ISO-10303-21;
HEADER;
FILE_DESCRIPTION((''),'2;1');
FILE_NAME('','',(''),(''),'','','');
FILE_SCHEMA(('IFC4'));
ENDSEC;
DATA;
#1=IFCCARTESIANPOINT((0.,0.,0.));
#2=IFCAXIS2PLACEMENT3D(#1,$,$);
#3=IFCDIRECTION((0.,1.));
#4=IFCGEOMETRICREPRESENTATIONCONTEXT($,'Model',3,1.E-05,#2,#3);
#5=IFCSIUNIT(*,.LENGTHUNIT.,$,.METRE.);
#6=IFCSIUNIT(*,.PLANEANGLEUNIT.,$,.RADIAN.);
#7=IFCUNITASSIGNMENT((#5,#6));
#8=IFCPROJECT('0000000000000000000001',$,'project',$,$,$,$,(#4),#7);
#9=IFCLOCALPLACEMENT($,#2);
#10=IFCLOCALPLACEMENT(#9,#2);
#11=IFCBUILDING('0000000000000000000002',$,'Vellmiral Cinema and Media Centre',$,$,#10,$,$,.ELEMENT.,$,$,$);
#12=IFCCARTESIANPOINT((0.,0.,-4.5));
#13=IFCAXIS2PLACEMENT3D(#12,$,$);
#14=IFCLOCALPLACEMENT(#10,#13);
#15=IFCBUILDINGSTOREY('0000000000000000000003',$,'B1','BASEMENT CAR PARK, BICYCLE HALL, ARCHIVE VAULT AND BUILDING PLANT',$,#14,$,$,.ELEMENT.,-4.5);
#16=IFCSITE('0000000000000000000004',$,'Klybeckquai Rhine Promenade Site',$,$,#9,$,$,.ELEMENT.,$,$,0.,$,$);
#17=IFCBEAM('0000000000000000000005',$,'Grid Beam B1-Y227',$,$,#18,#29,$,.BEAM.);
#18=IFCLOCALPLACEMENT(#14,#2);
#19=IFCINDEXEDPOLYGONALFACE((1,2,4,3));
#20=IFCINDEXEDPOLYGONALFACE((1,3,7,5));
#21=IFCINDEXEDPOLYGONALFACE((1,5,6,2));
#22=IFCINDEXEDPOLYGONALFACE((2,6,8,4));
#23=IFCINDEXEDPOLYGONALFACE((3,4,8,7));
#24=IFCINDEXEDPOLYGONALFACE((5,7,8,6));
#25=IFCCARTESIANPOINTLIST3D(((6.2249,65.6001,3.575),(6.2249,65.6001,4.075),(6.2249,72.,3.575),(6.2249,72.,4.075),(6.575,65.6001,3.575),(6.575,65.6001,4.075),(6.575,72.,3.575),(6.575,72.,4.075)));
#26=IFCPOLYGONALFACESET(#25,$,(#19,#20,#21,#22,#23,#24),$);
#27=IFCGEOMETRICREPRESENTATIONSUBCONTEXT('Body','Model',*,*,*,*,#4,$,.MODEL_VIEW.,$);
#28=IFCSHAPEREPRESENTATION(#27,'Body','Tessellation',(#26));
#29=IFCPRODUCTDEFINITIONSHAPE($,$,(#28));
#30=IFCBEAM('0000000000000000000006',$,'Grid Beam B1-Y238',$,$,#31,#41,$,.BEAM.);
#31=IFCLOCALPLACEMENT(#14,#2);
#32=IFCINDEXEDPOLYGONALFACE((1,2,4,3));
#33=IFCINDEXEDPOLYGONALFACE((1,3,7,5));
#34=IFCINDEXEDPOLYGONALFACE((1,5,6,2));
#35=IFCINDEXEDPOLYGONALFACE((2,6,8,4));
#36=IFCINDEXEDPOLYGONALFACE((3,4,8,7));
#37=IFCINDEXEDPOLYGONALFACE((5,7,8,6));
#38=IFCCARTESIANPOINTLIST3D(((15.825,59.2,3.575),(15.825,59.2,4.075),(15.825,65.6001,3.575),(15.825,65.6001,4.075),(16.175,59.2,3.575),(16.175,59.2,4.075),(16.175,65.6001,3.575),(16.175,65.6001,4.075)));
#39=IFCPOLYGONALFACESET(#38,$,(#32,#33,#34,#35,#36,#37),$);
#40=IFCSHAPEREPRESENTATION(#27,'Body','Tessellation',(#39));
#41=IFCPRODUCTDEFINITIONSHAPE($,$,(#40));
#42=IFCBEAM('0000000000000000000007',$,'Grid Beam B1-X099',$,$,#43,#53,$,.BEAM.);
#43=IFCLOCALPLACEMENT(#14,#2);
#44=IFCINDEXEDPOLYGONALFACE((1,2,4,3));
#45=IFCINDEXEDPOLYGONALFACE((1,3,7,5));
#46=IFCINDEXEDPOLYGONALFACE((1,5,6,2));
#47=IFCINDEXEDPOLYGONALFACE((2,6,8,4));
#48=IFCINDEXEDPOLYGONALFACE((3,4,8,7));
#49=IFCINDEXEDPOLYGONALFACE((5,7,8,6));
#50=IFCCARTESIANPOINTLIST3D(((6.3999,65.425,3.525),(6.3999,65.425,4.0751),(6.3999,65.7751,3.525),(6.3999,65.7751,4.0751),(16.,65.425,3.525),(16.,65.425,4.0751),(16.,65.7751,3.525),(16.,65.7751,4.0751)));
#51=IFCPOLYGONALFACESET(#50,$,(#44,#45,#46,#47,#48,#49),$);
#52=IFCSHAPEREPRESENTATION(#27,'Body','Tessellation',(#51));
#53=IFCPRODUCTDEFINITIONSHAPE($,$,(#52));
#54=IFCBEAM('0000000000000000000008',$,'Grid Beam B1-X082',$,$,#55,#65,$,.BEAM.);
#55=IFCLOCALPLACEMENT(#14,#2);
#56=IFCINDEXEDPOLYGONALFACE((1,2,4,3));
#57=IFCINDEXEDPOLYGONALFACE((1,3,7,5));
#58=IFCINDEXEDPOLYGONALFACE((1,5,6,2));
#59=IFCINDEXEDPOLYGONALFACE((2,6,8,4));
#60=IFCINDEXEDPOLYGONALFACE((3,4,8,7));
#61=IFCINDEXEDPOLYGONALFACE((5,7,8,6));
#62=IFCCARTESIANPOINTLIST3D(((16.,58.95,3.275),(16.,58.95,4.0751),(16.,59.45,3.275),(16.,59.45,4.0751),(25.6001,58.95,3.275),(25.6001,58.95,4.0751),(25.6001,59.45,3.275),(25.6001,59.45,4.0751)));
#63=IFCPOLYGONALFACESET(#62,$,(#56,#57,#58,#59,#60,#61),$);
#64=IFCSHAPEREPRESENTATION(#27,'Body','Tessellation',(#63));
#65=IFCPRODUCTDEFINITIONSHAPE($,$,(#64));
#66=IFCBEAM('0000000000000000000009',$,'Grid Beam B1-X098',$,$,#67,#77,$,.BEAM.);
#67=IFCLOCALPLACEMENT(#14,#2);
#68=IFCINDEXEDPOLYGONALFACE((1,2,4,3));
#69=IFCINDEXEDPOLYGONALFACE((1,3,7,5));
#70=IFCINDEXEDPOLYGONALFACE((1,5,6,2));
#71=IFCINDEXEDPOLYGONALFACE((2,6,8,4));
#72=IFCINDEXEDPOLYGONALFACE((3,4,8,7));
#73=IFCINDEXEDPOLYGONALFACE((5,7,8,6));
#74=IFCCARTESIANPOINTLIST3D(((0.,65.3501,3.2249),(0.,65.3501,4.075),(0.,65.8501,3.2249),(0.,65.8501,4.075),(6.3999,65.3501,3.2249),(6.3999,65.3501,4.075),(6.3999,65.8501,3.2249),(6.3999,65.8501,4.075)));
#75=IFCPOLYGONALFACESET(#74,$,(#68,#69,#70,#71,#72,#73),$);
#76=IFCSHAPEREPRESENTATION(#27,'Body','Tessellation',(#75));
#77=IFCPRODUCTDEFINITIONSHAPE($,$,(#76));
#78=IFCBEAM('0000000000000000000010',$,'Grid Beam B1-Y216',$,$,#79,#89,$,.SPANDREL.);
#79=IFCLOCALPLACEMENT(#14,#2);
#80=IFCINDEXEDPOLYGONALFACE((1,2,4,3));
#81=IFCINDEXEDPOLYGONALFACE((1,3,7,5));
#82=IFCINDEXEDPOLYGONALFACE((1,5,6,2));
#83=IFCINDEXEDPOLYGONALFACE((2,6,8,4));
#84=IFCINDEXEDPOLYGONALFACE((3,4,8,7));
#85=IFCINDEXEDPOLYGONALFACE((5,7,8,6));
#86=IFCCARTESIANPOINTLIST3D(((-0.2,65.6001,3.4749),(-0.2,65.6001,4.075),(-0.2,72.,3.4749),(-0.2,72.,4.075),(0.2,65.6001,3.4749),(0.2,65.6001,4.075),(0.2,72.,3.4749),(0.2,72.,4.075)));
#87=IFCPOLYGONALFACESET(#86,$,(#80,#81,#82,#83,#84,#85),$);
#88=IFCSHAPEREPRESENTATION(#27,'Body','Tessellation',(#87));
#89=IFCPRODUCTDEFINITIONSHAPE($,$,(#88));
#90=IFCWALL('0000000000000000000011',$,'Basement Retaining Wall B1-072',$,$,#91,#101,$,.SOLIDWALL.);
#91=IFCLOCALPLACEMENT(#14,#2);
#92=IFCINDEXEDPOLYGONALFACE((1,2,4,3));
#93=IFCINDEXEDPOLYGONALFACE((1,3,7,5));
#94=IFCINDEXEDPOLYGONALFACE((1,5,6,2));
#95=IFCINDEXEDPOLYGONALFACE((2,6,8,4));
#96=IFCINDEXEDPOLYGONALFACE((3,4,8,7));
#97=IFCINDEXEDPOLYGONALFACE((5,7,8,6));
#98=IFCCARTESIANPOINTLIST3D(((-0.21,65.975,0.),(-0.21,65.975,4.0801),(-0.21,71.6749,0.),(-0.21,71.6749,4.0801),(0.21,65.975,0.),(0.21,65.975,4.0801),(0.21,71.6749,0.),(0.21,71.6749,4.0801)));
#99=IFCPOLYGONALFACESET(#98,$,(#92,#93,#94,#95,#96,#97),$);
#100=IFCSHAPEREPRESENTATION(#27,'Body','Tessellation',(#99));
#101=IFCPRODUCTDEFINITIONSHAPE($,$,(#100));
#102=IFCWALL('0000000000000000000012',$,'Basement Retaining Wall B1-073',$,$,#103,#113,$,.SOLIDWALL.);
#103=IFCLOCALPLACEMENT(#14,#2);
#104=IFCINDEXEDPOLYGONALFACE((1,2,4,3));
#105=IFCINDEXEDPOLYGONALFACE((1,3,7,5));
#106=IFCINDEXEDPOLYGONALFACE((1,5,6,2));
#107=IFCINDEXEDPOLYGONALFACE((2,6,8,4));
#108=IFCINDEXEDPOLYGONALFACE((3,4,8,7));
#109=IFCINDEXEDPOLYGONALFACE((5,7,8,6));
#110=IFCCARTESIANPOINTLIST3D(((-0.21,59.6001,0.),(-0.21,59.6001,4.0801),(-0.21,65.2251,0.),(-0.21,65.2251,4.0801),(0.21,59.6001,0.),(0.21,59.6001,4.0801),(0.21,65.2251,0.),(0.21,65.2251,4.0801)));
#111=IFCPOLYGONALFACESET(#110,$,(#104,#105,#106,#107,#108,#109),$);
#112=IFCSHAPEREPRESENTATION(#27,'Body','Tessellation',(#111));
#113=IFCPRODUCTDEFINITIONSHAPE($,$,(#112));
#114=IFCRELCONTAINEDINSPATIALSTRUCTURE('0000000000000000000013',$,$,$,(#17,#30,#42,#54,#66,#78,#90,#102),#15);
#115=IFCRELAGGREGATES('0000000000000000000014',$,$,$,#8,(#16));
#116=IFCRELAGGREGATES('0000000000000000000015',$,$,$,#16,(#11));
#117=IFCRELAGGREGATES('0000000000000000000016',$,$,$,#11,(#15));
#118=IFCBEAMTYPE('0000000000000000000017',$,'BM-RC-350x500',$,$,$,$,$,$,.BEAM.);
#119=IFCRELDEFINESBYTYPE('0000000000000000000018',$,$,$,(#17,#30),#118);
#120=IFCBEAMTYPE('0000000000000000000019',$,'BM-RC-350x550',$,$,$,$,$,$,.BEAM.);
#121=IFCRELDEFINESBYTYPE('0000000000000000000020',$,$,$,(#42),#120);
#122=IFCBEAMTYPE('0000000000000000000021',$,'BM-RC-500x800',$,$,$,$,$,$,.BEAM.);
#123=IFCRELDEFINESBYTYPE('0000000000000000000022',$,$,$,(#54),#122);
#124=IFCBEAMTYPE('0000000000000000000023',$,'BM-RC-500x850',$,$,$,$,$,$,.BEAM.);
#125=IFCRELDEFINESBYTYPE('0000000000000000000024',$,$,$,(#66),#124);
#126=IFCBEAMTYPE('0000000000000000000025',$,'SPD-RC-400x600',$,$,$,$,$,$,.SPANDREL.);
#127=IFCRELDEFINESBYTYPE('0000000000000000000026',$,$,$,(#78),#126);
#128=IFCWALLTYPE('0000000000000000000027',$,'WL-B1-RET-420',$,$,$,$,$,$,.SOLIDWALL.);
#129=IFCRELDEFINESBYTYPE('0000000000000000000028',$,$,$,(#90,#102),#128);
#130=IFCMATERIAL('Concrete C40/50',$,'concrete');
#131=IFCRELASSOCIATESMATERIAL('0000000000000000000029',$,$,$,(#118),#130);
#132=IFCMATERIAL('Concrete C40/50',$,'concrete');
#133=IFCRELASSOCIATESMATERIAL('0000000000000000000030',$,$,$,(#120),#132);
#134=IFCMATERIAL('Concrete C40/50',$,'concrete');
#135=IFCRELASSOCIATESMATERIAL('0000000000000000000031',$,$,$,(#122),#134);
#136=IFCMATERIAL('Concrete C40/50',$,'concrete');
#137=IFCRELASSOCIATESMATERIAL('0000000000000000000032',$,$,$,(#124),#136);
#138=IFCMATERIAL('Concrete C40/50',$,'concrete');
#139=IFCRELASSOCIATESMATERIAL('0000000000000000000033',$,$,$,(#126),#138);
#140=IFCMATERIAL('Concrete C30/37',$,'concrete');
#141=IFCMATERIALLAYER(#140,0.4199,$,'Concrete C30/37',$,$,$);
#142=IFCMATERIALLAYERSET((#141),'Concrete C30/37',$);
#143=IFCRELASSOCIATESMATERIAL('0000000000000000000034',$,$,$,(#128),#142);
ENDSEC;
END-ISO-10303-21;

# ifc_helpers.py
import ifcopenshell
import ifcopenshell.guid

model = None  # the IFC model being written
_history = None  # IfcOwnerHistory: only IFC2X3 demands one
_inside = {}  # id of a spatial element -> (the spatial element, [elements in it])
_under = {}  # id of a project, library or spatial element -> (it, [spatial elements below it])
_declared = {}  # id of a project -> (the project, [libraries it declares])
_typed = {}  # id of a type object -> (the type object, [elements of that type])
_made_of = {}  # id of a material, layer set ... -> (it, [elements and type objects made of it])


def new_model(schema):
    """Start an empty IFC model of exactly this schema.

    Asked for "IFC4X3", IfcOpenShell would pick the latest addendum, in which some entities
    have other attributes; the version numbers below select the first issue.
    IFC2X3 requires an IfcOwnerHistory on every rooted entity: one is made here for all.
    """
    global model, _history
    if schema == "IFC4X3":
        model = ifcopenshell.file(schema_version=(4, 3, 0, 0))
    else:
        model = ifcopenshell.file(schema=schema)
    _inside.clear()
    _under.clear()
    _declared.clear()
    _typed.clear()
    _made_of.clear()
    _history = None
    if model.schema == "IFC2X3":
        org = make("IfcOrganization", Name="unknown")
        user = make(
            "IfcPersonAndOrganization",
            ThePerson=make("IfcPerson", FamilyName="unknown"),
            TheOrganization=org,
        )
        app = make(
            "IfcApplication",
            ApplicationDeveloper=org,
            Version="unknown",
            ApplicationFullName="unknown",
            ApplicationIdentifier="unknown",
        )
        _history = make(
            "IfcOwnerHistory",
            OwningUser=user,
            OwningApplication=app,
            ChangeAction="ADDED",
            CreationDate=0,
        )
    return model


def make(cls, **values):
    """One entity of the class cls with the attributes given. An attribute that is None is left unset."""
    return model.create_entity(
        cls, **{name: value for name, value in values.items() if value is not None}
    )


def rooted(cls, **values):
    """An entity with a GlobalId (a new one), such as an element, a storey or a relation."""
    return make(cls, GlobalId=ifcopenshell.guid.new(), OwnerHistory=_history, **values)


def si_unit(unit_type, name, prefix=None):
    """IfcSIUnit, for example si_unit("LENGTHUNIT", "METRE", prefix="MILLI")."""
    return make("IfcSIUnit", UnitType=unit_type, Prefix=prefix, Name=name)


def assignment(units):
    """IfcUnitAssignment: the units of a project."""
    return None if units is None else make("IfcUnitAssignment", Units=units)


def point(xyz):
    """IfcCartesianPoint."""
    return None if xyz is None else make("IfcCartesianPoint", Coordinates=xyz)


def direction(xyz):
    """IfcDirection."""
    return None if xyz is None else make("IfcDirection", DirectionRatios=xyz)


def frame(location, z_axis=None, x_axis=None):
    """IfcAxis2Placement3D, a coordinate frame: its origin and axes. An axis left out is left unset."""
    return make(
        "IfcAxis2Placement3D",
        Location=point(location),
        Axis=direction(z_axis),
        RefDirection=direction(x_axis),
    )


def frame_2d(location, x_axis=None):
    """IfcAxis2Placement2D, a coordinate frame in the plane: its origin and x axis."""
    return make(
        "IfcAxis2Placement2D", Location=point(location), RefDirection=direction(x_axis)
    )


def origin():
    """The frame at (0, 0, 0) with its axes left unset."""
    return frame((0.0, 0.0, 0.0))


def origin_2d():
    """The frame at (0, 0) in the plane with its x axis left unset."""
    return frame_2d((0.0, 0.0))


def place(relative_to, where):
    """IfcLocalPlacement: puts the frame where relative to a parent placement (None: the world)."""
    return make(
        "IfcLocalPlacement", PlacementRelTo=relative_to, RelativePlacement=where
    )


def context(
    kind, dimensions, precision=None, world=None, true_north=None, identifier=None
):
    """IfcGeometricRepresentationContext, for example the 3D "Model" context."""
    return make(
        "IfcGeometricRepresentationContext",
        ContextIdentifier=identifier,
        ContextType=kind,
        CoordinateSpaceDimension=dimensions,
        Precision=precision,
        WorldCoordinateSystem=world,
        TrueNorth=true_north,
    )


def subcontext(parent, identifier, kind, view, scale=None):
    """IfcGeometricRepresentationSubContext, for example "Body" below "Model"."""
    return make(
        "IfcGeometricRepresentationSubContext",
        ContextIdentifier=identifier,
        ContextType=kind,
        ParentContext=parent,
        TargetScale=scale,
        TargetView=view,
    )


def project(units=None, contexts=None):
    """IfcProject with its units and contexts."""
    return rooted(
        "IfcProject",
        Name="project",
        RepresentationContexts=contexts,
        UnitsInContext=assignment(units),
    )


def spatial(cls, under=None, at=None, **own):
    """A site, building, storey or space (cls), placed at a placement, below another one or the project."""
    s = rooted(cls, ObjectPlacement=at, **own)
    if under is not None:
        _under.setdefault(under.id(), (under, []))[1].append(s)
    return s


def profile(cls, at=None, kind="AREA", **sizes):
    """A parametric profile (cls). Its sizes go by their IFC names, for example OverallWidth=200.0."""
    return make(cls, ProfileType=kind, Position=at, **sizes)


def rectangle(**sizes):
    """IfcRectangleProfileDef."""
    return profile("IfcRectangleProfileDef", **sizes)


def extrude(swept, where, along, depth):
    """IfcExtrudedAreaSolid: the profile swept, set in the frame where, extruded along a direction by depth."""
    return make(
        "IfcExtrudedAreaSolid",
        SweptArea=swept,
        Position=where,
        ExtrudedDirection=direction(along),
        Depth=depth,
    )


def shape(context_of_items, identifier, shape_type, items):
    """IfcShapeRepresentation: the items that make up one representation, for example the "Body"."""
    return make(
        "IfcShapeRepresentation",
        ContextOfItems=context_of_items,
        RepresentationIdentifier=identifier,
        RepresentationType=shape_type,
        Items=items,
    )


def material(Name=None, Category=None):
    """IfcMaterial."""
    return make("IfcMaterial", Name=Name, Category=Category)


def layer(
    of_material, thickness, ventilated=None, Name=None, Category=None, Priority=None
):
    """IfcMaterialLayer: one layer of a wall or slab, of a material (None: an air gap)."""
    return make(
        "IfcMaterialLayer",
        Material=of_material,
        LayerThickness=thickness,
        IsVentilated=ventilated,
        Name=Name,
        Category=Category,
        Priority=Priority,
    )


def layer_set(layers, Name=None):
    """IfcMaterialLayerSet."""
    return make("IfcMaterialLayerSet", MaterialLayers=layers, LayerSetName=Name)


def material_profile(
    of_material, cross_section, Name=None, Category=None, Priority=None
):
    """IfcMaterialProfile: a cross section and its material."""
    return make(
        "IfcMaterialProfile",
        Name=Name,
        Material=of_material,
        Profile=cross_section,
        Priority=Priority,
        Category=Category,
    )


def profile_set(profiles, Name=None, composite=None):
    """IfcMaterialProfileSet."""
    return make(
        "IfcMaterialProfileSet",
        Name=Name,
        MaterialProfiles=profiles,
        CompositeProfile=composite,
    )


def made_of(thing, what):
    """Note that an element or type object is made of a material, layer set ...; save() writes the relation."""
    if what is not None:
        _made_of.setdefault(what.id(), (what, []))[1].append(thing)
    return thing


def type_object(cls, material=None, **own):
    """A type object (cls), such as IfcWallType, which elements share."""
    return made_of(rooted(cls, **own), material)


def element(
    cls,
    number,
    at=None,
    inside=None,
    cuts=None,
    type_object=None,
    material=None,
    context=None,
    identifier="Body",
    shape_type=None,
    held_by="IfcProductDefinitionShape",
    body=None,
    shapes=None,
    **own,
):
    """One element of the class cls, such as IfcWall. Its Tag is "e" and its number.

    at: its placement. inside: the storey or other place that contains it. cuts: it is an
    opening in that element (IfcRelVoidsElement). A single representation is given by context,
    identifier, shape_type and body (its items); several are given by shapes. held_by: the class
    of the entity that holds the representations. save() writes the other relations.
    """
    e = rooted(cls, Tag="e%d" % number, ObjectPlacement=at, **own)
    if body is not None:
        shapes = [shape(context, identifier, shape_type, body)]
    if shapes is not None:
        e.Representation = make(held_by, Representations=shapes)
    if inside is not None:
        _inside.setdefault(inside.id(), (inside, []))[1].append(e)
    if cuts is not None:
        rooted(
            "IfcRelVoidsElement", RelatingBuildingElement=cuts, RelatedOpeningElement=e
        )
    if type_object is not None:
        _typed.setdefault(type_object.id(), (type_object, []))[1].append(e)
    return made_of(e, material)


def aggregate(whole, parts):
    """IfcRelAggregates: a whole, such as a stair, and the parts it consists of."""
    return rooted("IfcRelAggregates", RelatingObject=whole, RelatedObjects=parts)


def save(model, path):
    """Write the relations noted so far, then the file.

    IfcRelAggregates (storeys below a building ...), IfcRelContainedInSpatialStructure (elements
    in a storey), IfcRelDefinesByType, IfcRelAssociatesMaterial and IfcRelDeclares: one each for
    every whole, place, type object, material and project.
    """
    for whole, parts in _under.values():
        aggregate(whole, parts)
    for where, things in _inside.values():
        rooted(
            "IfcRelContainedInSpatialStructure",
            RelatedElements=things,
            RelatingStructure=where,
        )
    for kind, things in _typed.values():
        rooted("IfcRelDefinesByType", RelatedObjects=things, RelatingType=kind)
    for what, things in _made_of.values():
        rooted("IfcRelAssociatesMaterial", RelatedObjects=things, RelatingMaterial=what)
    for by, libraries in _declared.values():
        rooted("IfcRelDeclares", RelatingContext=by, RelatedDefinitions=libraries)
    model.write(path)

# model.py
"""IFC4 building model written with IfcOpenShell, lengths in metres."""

from ifc_helpers import new_model, si_unit, direction, frame, frame_2d, origin, origin_2d, place, context, subcontext, project, spatial, rectangle, extrude, material, layer, layer_set, material_profile, profile_set, type_object, element, save


model = new_model("IFC4")

# Units and contexts
model_context = context("Model", 3, precision=1e-05, world=origin(), true_north=direction((0.0, 1.0)))
body_context = subcontext(model_context, "Body", "Model", "MODEL_VIEW")
ifc_project = project(units=[si_unit("LENGTHUNIT", "METRE"), si_unit("PLANEANGLEUNIT", "RADIAN")], contexts=[model_context])

# Site, building, storey
site_placement = place(None, origin())
site = spatial("IfcSite", under=ifc_project, at=site_placement, Name="Klybeckquai Rhine Promenade Site", CompositionType="ELEMENT", RefElevation=0.0)
building_placement = place(site_placement, origin())
building = spatial("IfcBuilding", under=site, at=building_placement, Name="Vellmiral Cinema and Media Centre", CompositionType="ELEMENT")
storey_placement = place(building_placement, frame((0.0, 0.0, -4.5)))
storey = spatial("IfcBuildingStorey", under=building, at=storey_placement, Name="B1", Description="BASEMENT CAR PARK, BICYCLE HALL, ARCHIVE VAULT AND BUILDING PLANT", CompositionType="ELEMENT", Elevation=-4.5)

# Beams
ifc_material_1 = material(Name="Concrete C40/50", Category="concrete")
ifc_material_profile_1 = material_profile(ifc_material_1, rectangle(XDim=0.3501, YDim=0.5, at=origin_2d()), Name="RC 350x500")
ifc_profile_set_1 = profile_set([ifc_material_profile_1], Name="Concrete C40/50")
beam_type_1 = type_object("IfcBeamType", Name="BM-RC-350x500", PredefinedType="BEAM", material=ifc_profile_set_1)
beam_1_placement = place(storey_placement, frame((6.3999, 65.6001, 3.825), z_axis=(0.0, 1.0, 0.0), x_axis=(-1.0, 0.0, 0.0)))
element("IfcBeam", 1, at=beam_1_placement, inside=storey, type_object=beam_type_1, Name="Grid Beam B1-Y227", PredefinedType="BEAM", context=body_context, shape_type="SweptSolid", body=[
    extrude(rectangle(XDim=0.3501, YDim=0.5, at=origin_2d()), origin(), (0.0, 0.0, 1.0), 6.3999),
])
beam_2_placement = place(storey_placement, frame((16.0, 59.2, 3.825), z_axis=(0.0, 1.0, 0.0), x_axis=(-1.0, 0.0, 0.0)))
element("IfcBeam", 2, at=beam_2_placement, inside=storey, type_object=beam_type_1, Name="Grid Beam B1-Y238", PredefinedType="BEAM", context=body_context, shape_type="SweptSolid", body=[
    extrude(rectangle(XDim=0.3501, YDim=0.5, at=origin_2d()), origin(), (0.0, 0.0, 1.0), 6.4001),
])
ifc_material_2 = material(Name="Concrete C40/50", Category="concrete")
ifc_material_profile_2 = material_profile(ifc_material_2, rectangle(XDim=0.3501, YDim=0.55, at=origin_2d()), Name="RC 350x550")
ifc_profile_set_2 = profile_set([ifc_material_profile_2], Name="Concrete C40/50")
beam_type_2 = type_object("IfcBeamType", Name="BM-RC-350x550", PredefinedType="BEAM", material=ifc_profile_set_2)
beam_3_placement = place(storey_placement, frame((6.3999, 65.6001, 3.8), z_axis=(1.0, 0.0, 0.0), x_axis=(0.0, 1.0, 0.0)))
element("IfcBeam", 3, at=beam_3_placement, inside=storey, type_object=beam_type_2, Name="Grid Beam B1-X099", PredefinedType="BEAM", context=body_context, shape_type="SweptSolid", body=[
    extrude(rectangle(XDim=0.3501, YDim=0.55, at=origin_2d()), origin(), (0.0, 0.0, 1.0), 9.6001),
])
ifc_material_3 = material(Name="Concrete C40/50", Category="concrete")
ifc_material_profile_3 = material_profile(ifc_material_3, rectangle(XDim=0.5, YDim=0.8, at=origin_2d()), Name="RC 500x800")
ifc_profile_set_3 = profile_set([ifc_material_profile_3], Name="Concrete C40/50")
beam_type_3 = type_object("IfcBeamType", Name="BM-RC-500x800", PredefinedType="BEAM", material=ifc_profile_set_3)
beam_4_placement = place(storey_placement, frame((16.0, 59.2, 3.675), z_axis=(1.0, 0.0, 0.0), x_axis=(0.0, 1.0, 0.0)))
element("IfcBeam", 4, at=beam_4_placement, inside=storey, type_object=beam_type_3, Name="Grid Beam B1-X082", PredefinedType="BEAM", context=body_context, shape_type="SweptSolid", body=[
    extrude(rectangle(XDim=0.5, YDim=0.8, at=origin_2d()), origin(), (0.0, 0.0, 1.0), 9.6001),
])
ifc_material_4 = material(Name="Concrete C40/50", Category="concrete")
ifc_material_profile_4 = material_profile(ifc_material_4, rectangle(XDim=0.5, YDim=0.8501, at=origin_2d()), Name="RC 500x850")
ifc_profile_set_4 = profile_set([ifc_material_profile_4], Name="Concrete C40/50")
beam_type_4 = type_object("IfcBeamType", Name="BM-RC-500x850", PredefinedType="BEAM", material=ifc_profile_set_4)
beam_5_placement = place(storey_placement, frame((0.0, 65.6001, 3.6499), z_axis=(1.0, 0.0, 0.0), x_axis=(0.0, 1.0, 0.0)))
element("IfcBeam", 5, at=beam_5_placement, inside=storey, type_object=beam_type_4, Name="Grid Beam B1-X098", PredefinedType="BEAM", context=body_context, shape_type="SweptSolid", body=[
    extrude(rectangle(XDim=0.5, YDim=0.8501, at=origin_2d()), origin(), (0.0, 0.0, 1.0), 6.3999),
])
ifc_material_5 = material(Name="Concrete C40/50", Category="concrete")
ifc_material_profile_5 = material_profile(ifc_material_5, rectangle(XDim=0.3999, YDim=0.6001, at=origin_2d()), Name="RC 400x600")
ifc_profile_set_5 = profile_set([ifc_material_profile_5], Name="Concrete C40/50")
beam_type_5 = type_object("IfcBeamType", Name="SPD-RC-400x600", PredefinedType="SPANDREL", material=ifc_profile_set_5)
beam_6_placement = place(storey_placement, frame((0.0, 65.6001, 3.7749), z_axis=(0.0, 1.0, 0.0), x_axis=(-1.0, 0.0, 0.0)))
element("IfcBeam", 6, at=beam_6_placement, inside=storey, type_object=beam_type_5, Name="Grid Beam B1-Y216", PredefinedType="SPANDREL", context=body_context, shape_type="SweptSolid", body=[
    extrude(rectangle(XDim=0.3999, YDim=0.6001, at=origin_2d()), origin(), (0.0, 0.0, 1.0), 6.3999),
])

# Walls
ifc_material_6 = material(Name="Concrete C30/37", Category="concrete")
ifc_layer = layer(ifc_material_6, 0.4199, Name="Concrete C30/37")
ifc_layer_set = layer_set([ifc_layer], Name="Concrete C30/37")
wall_type = type_object("IfcWallType", Name="WL-B1-RET-420", PredefinedType="SOLIDWALL", material=ifc_layer_set)
wall_1_placement = place(storey_placement, frame((0.0, 71.675, 0.0), z_axis=(0.0, 0.0, 1.0), x_axis=(0.0, -1.0, 0.0)))
element("IfcWall", 7, at=wall_1_placement, inside=storey, type_object=wall_type, Name="Basement Retaining Wall B1-072", PredefinedType="SOLIDWALL", context=body_context, shape_type="SweptSolid", body=[
    extrude(rectangle(XDim=5.7, YDim=0.4199, at=frame_2d((2.8501, 0.0))), origin(), (0.0, 0.0, 1.0), 4.0801),
])
wall_2_placement = place(storey_placement, frame((0.0, 65.2251, 0.0), z_axis=(0.0, 0.0, 1.0), x_axis=(0.0, -1.0, 0.0)))
element("IfcWall", 8, at=wall_2_placement, inside=storey, type_object=wall_type, Name="Basement Retaining Wall B1-073", PredefinedType="SOLIDWALL", context=body_context, shape_type="SweptSolid", body=[
    extrude(rectangle(XDim=5.625, YDim=0.4199, at=frame_2d((2.8125, 0.0))), origin(), (0.0, 0.0, 1.0), 4.0801),
])

save(model, "model.ifc")
